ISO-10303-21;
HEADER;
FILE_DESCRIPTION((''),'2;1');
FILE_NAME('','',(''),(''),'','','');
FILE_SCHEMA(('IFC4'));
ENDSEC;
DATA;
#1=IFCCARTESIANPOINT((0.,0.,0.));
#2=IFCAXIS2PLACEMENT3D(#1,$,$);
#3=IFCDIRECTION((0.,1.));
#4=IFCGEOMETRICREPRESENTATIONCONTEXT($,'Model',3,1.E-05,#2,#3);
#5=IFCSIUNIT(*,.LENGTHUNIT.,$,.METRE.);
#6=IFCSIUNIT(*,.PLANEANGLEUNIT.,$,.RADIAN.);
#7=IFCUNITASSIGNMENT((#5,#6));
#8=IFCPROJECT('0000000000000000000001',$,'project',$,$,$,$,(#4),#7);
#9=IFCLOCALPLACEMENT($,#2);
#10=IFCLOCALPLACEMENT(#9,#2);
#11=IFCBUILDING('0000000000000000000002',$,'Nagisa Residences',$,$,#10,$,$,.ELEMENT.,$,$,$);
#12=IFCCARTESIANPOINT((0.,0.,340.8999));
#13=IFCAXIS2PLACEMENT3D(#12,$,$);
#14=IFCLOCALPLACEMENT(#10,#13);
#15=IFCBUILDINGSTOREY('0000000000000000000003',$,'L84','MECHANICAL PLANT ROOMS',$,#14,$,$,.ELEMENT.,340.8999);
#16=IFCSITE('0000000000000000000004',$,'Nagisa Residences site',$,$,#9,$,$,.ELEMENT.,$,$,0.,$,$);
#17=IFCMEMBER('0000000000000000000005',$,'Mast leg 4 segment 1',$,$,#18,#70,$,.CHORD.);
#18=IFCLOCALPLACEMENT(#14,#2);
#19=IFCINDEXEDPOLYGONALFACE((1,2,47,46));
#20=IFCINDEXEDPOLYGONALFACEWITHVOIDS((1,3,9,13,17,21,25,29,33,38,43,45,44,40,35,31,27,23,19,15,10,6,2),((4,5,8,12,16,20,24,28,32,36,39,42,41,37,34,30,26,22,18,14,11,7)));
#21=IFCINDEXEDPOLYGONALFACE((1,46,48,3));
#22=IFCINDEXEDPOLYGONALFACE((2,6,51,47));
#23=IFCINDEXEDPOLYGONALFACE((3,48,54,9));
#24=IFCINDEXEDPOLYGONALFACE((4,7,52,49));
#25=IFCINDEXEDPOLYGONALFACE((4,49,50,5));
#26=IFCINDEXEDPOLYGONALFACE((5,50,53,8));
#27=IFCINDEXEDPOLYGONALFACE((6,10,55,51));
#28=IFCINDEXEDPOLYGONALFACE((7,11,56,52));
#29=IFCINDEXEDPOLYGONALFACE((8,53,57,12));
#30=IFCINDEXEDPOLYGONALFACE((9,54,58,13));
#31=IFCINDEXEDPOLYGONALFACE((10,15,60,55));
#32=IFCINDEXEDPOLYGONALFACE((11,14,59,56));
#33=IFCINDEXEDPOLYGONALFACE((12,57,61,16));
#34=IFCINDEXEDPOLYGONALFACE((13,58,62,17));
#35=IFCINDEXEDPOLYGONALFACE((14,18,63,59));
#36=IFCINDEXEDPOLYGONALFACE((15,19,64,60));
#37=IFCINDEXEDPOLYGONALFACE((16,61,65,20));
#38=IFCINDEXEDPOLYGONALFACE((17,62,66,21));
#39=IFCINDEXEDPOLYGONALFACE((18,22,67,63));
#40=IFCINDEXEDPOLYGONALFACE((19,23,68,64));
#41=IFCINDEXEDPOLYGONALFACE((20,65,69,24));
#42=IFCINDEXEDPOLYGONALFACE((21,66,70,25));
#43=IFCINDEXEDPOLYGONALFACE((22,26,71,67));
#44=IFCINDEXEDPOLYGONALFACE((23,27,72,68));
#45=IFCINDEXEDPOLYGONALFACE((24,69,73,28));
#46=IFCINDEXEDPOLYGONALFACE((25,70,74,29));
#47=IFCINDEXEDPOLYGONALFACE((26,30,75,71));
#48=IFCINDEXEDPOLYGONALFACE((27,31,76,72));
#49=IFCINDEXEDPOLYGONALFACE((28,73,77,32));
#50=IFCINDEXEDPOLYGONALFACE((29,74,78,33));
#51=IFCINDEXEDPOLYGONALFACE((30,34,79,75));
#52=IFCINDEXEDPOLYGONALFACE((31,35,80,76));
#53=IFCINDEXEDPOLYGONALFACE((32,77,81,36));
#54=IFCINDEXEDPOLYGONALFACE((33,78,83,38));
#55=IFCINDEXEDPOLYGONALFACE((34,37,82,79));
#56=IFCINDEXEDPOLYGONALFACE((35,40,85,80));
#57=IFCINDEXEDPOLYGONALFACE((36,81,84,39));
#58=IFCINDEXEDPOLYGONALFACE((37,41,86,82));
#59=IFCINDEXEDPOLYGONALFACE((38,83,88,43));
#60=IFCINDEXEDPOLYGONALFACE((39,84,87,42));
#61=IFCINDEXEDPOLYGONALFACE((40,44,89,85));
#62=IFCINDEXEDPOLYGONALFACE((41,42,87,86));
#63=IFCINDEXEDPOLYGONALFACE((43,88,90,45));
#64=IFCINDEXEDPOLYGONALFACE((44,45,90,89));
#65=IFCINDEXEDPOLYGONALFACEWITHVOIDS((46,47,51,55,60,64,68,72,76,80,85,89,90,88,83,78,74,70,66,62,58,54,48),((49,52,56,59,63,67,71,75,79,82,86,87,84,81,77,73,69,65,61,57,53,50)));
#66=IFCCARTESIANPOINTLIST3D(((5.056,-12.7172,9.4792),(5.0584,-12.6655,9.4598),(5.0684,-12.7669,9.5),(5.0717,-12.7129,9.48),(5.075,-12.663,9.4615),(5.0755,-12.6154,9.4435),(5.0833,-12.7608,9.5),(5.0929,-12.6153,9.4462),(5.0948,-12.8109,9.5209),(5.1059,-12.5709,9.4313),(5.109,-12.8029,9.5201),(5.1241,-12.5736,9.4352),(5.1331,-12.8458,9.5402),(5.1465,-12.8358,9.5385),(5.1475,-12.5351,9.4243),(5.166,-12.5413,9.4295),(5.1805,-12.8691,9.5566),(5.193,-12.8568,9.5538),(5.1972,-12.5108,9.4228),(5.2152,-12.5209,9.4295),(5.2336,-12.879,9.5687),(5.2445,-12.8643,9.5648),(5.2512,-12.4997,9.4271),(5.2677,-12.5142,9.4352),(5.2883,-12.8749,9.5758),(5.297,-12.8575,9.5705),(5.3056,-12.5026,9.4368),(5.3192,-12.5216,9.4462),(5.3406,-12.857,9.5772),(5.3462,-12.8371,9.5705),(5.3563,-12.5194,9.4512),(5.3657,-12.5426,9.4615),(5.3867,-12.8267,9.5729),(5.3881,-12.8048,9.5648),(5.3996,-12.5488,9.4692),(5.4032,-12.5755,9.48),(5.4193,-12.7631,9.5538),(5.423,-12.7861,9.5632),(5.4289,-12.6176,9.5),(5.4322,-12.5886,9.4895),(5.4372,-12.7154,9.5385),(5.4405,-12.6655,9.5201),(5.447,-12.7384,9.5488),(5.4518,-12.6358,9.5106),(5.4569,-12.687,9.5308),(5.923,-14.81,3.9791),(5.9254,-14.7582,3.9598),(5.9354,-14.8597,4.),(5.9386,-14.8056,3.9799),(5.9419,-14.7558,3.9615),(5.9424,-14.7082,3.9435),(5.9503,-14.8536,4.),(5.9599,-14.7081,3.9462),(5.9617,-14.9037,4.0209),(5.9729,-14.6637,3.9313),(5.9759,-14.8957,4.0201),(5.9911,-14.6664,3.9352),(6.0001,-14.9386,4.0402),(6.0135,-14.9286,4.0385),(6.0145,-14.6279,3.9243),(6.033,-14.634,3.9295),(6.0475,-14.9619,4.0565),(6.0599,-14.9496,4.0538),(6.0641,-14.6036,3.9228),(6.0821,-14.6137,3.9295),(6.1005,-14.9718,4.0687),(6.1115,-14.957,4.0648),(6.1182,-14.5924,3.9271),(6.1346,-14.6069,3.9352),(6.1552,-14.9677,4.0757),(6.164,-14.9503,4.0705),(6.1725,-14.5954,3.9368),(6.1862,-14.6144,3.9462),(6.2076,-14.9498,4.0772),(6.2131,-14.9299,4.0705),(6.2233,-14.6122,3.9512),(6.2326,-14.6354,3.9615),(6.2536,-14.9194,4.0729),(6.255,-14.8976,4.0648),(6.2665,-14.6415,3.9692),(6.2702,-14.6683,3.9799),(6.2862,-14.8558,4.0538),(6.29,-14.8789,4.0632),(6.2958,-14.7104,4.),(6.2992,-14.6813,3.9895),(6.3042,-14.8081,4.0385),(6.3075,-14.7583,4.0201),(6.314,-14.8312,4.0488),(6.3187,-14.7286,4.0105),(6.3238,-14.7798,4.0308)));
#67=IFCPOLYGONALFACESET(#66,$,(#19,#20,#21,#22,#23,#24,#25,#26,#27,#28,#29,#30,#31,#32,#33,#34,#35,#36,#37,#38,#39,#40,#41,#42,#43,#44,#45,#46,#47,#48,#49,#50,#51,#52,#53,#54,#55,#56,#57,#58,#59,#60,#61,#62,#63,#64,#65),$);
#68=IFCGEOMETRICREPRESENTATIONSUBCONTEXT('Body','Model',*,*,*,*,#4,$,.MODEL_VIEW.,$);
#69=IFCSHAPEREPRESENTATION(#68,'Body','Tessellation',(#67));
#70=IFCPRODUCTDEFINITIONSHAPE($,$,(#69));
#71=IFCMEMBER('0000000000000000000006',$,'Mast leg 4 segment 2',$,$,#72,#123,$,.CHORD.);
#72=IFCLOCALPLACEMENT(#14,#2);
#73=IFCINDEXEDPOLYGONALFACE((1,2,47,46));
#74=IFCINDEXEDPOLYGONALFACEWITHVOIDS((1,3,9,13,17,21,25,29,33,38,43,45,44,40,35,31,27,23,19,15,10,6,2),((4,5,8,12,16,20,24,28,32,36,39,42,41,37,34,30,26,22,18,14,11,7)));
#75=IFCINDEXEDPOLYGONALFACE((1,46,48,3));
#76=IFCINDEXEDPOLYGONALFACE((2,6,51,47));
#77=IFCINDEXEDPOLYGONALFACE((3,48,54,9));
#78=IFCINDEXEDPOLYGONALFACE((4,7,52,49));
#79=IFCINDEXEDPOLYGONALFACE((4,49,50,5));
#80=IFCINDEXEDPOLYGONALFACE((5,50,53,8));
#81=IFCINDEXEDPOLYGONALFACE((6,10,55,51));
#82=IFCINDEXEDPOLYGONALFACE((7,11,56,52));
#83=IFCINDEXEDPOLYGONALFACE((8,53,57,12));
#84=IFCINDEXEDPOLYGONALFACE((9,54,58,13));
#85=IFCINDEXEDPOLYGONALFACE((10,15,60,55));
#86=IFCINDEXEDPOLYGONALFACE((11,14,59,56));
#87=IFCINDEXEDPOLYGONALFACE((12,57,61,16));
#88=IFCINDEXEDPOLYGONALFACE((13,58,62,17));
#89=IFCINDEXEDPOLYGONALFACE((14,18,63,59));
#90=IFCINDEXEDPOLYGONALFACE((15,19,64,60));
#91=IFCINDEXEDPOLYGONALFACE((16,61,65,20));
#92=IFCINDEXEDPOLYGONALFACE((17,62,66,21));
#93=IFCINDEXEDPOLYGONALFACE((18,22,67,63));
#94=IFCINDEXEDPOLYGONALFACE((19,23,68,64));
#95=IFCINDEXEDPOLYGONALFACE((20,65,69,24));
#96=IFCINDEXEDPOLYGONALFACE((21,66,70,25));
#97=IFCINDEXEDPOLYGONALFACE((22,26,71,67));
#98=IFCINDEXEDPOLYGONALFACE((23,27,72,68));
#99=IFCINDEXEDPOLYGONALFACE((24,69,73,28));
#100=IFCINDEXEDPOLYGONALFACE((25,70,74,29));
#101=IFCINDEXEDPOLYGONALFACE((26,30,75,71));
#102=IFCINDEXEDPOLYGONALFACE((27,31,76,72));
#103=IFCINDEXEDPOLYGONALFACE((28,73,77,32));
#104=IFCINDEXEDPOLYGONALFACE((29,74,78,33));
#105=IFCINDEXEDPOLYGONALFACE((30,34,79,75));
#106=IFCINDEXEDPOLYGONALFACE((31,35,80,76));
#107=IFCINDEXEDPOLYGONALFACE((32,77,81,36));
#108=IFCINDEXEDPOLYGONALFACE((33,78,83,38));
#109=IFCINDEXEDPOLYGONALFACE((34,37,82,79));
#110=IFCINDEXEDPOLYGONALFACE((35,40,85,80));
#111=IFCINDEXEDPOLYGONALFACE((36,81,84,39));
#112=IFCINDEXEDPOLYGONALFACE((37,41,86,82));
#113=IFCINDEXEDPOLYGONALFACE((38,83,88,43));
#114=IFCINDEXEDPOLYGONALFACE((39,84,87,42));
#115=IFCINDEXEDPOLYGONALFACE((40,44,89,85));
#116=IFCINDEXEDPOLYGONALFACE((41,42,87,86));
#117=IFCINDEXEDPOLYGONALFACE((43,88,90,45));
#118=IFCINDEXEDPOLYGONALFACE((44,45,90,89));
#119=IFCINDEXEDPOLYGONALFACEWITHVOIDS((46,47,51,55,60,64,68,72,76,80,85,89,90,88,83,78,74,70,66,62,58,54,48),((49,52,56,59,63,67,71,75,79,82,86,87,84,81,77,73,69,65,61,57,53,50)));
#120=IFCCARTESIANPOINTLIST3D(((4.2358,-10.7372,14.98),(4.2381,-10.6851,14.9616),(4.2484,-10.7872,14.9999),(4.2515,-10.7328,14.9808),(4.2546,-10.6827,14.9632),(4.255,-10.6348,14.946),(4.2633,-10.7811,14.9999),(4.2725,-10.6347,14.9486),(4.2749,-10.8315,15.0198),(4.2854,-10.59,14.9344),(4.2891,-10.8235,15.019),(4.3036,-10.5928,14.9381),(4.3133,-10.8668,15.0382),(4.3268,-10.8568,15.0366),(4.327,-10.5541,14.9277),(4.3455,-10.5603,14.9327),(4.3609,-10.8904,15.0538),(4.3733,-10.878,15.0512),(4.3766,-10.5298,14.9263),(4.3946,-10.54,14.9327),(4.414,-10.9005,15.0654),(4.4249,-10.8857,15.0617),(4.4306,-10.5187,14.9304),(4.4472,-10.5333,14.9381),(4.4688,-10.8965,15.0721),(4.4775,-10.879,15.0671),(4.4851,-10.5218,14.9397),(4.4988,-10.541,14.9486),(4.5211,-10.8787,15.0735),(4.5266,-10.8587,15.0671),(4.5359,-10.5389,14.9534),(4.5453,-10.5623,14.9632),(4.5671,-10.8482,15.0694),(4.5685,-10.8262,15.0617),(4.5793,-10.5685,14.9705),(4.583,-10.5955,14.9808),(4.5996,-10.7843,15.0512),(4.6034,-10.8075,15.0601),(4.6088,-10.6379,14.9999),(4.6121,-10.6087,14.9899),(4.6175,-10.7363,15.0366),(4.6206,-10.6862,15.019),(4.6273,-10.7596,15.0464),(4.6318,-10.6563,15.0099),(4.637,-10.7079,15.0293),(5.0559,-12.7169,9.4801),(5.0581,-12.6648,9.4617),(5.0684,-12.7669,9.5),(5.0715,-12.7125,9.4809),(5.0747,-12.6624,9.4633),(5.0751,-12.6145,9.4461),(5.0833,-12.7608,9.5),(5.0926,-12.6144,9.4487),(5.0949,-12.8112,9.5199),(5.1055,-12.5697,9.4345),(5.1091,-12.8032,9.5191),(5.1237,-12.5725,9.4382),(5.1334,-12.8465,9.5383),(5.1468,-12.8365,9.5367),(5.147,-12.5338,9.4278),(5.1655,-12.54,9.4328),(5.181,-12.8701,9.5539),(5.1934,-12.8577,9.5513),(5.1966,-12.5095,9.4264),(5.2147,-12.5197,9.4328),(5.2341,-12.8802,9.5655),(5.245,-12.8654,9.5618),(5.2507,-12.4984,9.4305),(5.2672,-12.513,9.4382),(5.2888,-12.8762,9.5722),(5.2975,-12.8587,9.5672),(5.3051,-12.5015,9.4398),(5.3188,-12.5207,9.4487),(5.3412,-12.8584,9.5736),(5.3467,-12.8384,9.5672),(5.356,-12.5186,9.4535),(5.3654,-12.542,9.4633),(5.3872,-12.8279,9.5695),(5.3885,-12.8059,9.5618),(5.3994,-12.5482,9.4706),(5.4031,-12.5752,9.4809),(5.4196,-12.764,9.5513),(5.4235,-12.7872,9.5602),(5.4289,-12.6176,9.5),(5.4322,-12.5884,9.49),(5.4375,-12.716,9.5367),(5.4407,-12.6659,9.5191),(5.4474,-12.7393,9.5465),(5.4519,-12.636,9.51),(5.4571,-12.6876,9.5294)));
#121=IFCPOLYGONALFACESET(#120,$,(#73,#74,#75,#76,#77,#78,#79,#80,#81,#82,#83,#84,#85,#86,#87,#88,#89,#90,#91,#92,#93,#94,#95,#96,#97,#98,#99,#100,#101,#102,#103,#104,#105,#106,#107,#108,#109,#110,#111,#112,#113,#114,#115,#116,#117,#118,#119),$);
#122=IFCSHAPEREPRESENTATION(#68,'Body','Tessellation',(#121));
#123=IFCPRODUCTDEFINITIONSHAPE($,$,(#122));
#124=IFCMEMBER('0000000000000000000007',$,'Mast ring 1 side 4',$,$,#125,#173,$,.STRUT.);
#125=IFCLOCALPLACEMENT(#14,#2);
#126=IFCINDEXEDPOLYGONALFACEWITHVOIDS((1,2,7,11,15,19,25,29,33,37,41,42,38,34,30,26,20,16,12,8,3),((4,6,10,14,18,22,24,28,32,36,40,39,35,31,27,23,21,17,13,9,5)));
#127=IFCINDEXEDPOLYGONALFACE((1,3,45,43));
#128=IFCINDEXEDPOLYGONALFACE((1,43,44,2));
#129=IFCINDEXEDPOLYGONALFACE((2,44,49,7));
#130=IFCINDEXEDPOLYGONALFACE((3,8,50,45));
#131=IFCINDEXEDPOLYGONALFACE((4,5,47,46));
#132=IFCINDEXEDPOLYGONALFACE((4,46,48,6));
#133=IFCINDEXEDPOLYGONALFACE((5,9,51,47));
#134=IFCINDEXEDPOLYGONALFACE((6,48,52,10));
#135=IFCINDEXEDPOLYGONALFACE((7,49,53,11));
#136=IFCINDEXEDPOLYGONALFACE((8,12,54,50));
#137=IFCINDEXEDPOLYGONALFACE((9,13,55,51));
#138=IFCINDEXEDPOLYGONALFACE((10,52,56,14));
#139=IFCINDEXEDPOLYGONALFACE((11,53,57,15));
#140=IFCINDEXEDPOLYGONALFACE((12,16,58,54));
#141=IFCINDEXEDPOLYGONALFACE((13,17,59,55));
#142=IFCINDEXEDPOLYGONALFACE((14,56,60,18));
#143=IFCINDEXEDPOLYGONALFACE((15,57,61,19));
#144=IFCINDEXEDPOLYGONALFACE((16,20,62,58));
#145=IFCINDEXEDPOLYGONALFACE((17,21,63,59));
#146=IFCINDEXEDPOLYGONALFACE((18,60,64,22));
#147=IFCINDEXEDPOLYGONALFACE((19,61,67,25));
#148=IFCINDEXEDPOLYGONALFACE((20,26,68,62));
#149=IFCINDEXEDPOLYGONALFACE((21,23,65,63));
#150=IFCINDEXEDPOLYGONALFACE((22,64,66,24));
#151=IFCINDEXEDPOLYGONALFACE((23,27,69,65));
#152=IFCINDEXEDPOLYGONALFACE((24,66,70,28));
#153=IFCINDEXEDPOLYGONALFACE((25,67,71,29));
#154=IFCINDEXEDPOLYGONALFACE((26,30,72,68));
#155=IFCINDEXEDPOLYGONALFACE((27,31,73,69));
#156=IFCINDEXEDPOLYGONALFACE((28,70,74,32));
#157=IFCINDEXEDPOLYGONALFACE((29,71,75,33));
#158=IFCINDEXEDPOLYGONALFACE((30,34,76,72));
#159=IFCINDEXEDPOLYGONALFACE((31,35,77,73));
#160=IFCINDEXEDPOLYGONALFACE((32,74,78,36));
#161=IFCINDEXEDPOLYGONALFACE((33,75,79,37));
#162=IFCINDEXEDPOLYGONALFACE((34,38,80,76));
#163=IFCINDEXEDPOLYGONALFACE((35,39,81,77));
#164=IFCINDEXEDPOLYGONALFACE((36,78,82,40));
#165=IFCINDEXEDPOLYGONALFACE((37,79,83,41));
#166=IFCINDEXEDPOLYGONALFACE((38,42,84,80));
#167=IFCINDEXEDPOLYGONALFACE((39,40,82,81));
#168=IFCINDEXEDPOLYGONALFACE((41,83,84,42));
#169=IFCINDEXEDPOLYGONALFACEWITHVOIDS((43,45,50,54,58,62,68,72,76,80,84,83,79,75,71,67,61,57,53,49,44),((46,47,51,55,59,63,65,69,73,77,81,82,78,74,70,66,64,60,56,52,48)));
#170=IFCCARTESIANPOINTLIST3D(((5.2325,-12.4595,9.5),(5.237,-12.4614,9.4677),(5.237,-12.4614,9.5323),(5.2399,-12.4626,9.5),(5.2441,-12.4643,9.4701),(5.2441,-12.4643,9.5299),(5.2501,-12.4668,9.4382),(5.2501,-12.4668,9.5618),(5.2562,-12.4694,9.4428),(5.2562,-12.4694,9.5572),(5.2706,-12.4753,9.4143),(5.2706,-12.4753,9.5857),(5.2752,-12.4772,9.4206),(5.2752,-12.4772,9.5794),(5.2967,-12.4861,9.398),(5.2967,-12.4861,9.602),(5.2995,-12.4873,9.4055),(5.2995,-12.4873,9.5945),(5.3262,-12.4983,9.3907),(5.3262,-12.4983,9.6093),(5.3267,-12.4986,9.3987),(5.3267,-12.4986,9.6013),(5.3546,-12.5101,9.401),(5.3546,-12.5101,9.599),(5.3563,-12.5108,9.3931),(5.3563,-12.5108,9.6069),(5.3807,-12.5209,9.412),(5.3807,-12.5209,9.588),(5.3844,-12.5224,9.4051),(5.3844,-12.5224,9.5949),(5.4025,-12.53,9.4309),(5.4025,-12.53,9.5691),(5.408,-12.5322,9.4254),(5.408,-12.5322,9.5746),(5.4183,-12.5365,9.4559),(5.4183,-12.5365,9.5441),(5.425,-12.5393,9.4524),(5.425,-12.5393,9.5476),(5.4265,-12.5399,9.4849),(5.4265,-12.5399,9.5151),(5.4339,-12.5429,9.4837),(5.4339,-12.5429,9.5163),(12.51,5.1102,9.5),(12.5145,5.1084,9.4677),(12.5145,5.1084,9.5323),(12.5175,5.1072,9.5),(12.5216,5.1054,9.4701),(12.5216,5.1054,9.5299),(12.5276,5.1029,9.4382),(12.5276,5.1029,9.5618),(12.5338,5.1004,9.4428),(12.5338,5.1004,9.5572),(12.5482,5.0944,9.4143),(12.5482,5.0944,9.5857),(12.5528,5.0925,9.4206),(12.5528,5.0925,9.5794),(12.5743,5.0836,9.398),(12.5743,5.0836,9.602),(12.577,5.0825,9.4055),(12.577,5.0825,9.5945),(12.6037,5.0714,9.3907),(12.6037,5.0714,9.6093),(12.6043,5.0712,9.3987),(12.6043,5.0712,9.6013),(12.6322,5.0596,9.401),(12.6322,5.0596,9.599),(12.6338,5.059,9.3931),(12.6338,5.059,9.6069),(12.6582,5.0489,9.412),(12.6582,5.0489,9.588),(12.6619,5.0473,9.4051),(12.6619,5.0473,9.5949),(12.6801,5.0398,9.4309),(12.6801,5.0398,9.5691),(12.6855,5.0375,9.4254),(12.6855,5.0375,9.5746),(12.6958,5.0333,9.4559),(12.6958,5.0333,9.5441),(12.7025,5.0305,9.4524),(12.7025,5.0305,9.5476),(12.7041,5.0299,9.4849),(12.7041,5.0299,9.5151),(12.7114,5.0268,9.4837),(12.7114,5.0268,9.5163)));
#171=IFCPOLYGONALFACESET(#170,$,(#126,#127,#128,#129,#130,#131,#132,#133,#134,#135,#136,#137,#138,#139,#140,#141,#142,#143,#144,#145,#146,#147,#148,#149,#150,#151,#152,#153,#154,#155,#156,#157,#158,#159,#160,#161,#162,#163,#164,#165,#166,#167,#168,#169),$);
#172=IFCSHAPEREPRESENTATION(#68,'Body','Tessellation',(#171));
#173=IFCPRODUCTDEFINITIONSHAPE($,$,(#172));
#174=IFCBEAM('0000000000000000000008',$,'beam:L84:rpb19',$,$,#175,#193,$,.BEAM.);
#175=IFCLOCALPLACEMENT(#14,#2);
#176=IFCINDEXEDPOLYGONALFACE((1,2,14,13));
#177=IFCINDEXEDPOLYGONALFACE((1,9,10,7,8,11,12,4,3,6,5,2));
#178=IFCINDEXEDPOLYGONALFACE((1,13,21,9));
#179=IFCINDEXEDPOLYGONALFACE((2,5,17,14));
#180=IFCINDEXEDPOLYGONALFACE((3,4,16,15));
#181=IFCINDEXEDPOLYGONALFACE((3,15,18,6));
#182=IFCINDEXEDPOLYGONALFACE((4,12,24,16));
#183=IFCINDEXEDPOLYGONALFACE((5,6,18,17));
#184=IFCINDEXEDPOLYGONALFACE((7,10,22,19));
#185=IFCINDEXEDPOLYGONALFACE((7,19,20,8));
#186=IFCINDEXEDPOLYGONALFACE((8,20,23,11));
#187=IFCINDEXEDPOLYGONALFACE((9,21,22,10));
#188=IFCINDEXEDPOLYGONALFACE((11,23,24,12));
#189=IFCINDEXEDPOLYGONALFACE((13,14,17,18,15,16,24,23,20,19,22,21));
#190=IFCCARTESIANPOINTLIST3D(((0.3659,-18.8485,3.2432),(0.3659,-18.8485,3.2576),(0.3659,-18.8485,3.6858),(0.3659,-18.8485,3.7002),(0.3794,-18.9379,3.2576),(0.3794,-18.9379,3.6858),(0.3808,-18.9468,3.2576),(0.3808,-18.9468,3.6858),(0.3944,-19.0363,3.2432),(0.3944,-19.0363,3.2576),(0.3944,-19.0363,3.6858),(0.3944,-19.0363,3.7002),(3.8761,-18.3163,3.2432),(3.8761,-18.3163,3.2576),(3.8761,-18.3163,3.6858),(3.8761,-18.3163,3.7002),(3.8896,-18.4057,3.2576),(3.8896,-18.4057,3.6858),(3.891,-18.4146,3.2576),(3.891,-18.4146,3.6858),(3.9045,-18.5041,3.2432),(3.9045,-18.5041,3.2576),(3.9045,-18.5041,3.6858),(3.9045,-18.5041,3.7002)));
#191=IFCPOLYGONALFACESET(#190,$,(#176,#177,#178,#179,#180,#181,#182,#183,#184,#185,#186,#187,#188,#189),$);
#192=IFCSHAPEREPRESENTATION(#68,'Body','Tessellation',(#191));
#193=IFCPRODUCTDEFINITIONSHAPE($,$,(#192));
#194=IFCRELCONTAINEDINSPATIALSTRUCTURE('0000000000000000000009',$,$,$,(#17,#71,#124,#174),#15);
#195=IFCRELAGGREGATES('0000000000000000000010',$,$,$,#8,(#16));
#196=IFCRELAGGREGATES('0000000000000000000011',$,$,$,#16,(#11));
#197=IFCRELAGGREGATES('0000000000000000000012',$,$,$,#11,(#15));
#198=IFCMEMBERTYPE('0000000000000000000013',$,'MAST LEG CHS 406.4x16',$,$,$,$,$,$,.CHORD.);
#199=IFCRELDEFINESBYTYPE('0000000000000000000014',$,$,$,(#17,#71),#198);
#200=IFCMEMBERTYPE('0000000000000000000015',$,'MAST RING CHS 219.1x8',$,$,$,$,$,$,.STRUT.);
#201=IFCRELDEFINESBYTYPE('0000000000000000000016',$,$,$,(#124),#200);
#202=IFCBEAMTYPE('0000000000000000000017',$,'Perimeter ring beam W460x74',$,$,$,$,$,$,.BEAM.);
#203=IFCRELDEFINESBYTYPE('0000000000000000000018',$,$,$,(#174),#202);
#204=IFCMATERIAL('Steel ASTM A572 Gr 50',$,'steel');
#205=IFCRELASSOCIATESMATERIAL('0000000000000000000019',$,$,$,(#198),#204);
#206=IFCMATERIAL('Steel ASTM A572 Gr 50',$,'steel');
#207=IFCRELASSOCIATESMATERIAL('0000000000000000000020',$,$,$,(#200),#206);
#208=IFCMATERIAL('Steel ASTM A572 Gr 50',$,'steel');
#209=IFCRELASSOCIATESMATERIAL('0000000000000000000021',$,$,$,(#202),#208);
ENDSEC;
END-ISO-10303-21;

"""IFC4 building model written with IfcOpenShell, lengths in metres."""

from ifc_helpers import new_model, si_unit, direction, frame, origin, origin_2d, place, context, subcontext, project, spatial, hollow_circle, i_section, extrude, material, material_profile, profile_set, type_object, element, save


model = new_model("IFC4")

# Units and contexts
model_context = context("Model", 3, precision=1e-05, world=origin(), true_north=direction((0.0, 1.0)))
body_context = subcontext(model_context, "Body", "Model", "MODEL_VIEW")
ifc_project = project(units=[si_unit("LENGTHUNIT", "METRE"), si_unit("PLANEANGLEUNIT", "RADIAN")], contexts=[model_context])

# Site, building, storey
site_placement = place(None, origin())
site = spatial("IfcSite", under=ifc_project, at=site_placement, Name="Nagisa Residences site", CompositionType="ELEMENT", RefElevation=0.0)
building_placement = place(site_placement, origin())
building = spatial("IfcBuilding", under=site, at=building_placement, Name="Nagisa Residences", CompositionType="ELEMENT")
storey_placement = place(building_placement, frame((0.0, 0.0, 340.8999)))
storey = spatial("IfcBuildingStorey", under=building, at=storey_placement, Name="L84", Description="MECHANICAL PLANT ROOMS", CompositionType="ELEMENT", Elevation=340.8999)

# Members
ifc_material_1 = material(Name="Steel ASTM A572 Gr 50", Category="steel")
ifc_material_profile_1 = material_profile(ifc_material_1, hollow_circle(Radius=0.2031, WallThickness=0.0161, at=origin_2d()), Name="MAST LEG CHS 406.4x16")
ifc_profile_set_1 = profile_set([ifc_material_profile_1], Name="Steel ASTM A572 Gr 50")
member_type_1 = type_object("IfcMemberType", Name="MAST LEG CHS 406.4x16", PredefinedType="CHORD", material=ifc_profile_set_1)
member_1_placement = place(storey_placement, frame((6.123, -14.782, 4.0), z_axis=(-0.145748, 0.351832, 0.924647), x_axis=(-0.923866, -0.382717, 0.0)))
element("IfcMember", 1, at=member_1_placement, inside=storey, type_object=member_type_1, Name="Mast leg 4 segment 1", PredefinedType="CHORD", context=body_context, shape_type="SweptSolid", body=[
    extrude(hollow_circle(Radius=0.2031, WallThickness=0.0161, at=origin_2d()), origin(), (0.0, 0.0, 1.0), 5.9482),
])
member_2_placement = place(storey_placement, frame((5.2561, -12.6892, 9.5), z_axis=(-0.138931, 0.335395, 0.931777), x_axis=(-0.923874, -0.382697, 0.0)))
element("IfcMember", 2, at=member_2_placement, inside=storey, type_object=member_type_1, Name="Mast leg 4 segment 2", PredefinedType="CHORD", context=body_context, shape_type="SweptSolid", body=[
    extrude(hollow_circle(Radius=0.2031, WallThickness=0.0161, at=origin_2d()), origin(), (0.0, 0.0, 1.0), 5.9026),
])
ifc_material_2 = material(Name="Steel ASTM A572 Gr 50", Category="steel")
ifc_material_profile_2 = material_profile(ifc_material_2, hollow_circle(Radius=0.1096, WallThickness=0.0081, at=origin_2d()), Name="MAST RING CHS 219.1x8")
ifc_profile_set_2 = profile_set([ifc_material_profile_2], Name="Steel ASTM A572 Gr 50")
member_type_2 = type_object("IfcMemberType", Name="MAST RING CHS 219.1x8", PredefinedType="STRUT", material=ifc_profile_set_2)
member_3_placement = place(storey_placement, frame((5.3337, -12.5015, 9.5), z_axis=(0.38268, 0.923881, 0.0), x_axis=(-0.923881, 0.38268, 0.0)))
element("IfcMember", 3, at=member_3_placement, inside=storey, type_object=member_type_2, Name="Mast ring 1 side 4", PredefinedType="STRUT", context=body_context, shape_type="SweptSolid", body=[
    extrude(hollow_circle(Radius=0.1096, WallThickness=0.0081, at=origin_2d()), origin(), (0.0, 0.0, 1.0), 19.0173),
])

# Beam
ifc_material_3 = material(Name="Steel ASTM A572 Gr 50", Category="steel")
ifc_material_profile_3 = material_profile(ifc_material_3, i_section(OverallWidth=0.1899, OverallDepth=0.457, WebThickness=0.009, FlangeThickness=0.0144, at=origin_2d()), Name="W460x74")
ifc_profile_set_3 = profile_set([ifc_material_profile_3], Name="Steel ASTM A572 Gr 50")
beam_type = type_object("IfcBeamType", Name="Perimeter ring beam W460x74", PredefinedType="BEAM", material=ifc_profile_set_3)
beam_1_placement = place(storey_placement, frame((0.3801, -18.9424, 3.4717), z_axis=(0.9887, 0.149907, 0.0), x_axis=(-0.149907, 0.9887, 0.0)))
element("IfcBeam", 4, at=beam_1_placement, inside=storey, type_object=beam_type, Name="beam:L84:rpb19", PredefinedType="BEAM", context=body_context, shape_type="SweptSolid", body=[
    extrude(i_section(OverallWidth=0.1899, OverallDepth=0.457, WebThickness=0.009, FlangeThickness=0.0144, at=origin_2d()), origin(), (0.0, 0.0, 1.0), 3.5503),
])

save(model, "model.ifc")
